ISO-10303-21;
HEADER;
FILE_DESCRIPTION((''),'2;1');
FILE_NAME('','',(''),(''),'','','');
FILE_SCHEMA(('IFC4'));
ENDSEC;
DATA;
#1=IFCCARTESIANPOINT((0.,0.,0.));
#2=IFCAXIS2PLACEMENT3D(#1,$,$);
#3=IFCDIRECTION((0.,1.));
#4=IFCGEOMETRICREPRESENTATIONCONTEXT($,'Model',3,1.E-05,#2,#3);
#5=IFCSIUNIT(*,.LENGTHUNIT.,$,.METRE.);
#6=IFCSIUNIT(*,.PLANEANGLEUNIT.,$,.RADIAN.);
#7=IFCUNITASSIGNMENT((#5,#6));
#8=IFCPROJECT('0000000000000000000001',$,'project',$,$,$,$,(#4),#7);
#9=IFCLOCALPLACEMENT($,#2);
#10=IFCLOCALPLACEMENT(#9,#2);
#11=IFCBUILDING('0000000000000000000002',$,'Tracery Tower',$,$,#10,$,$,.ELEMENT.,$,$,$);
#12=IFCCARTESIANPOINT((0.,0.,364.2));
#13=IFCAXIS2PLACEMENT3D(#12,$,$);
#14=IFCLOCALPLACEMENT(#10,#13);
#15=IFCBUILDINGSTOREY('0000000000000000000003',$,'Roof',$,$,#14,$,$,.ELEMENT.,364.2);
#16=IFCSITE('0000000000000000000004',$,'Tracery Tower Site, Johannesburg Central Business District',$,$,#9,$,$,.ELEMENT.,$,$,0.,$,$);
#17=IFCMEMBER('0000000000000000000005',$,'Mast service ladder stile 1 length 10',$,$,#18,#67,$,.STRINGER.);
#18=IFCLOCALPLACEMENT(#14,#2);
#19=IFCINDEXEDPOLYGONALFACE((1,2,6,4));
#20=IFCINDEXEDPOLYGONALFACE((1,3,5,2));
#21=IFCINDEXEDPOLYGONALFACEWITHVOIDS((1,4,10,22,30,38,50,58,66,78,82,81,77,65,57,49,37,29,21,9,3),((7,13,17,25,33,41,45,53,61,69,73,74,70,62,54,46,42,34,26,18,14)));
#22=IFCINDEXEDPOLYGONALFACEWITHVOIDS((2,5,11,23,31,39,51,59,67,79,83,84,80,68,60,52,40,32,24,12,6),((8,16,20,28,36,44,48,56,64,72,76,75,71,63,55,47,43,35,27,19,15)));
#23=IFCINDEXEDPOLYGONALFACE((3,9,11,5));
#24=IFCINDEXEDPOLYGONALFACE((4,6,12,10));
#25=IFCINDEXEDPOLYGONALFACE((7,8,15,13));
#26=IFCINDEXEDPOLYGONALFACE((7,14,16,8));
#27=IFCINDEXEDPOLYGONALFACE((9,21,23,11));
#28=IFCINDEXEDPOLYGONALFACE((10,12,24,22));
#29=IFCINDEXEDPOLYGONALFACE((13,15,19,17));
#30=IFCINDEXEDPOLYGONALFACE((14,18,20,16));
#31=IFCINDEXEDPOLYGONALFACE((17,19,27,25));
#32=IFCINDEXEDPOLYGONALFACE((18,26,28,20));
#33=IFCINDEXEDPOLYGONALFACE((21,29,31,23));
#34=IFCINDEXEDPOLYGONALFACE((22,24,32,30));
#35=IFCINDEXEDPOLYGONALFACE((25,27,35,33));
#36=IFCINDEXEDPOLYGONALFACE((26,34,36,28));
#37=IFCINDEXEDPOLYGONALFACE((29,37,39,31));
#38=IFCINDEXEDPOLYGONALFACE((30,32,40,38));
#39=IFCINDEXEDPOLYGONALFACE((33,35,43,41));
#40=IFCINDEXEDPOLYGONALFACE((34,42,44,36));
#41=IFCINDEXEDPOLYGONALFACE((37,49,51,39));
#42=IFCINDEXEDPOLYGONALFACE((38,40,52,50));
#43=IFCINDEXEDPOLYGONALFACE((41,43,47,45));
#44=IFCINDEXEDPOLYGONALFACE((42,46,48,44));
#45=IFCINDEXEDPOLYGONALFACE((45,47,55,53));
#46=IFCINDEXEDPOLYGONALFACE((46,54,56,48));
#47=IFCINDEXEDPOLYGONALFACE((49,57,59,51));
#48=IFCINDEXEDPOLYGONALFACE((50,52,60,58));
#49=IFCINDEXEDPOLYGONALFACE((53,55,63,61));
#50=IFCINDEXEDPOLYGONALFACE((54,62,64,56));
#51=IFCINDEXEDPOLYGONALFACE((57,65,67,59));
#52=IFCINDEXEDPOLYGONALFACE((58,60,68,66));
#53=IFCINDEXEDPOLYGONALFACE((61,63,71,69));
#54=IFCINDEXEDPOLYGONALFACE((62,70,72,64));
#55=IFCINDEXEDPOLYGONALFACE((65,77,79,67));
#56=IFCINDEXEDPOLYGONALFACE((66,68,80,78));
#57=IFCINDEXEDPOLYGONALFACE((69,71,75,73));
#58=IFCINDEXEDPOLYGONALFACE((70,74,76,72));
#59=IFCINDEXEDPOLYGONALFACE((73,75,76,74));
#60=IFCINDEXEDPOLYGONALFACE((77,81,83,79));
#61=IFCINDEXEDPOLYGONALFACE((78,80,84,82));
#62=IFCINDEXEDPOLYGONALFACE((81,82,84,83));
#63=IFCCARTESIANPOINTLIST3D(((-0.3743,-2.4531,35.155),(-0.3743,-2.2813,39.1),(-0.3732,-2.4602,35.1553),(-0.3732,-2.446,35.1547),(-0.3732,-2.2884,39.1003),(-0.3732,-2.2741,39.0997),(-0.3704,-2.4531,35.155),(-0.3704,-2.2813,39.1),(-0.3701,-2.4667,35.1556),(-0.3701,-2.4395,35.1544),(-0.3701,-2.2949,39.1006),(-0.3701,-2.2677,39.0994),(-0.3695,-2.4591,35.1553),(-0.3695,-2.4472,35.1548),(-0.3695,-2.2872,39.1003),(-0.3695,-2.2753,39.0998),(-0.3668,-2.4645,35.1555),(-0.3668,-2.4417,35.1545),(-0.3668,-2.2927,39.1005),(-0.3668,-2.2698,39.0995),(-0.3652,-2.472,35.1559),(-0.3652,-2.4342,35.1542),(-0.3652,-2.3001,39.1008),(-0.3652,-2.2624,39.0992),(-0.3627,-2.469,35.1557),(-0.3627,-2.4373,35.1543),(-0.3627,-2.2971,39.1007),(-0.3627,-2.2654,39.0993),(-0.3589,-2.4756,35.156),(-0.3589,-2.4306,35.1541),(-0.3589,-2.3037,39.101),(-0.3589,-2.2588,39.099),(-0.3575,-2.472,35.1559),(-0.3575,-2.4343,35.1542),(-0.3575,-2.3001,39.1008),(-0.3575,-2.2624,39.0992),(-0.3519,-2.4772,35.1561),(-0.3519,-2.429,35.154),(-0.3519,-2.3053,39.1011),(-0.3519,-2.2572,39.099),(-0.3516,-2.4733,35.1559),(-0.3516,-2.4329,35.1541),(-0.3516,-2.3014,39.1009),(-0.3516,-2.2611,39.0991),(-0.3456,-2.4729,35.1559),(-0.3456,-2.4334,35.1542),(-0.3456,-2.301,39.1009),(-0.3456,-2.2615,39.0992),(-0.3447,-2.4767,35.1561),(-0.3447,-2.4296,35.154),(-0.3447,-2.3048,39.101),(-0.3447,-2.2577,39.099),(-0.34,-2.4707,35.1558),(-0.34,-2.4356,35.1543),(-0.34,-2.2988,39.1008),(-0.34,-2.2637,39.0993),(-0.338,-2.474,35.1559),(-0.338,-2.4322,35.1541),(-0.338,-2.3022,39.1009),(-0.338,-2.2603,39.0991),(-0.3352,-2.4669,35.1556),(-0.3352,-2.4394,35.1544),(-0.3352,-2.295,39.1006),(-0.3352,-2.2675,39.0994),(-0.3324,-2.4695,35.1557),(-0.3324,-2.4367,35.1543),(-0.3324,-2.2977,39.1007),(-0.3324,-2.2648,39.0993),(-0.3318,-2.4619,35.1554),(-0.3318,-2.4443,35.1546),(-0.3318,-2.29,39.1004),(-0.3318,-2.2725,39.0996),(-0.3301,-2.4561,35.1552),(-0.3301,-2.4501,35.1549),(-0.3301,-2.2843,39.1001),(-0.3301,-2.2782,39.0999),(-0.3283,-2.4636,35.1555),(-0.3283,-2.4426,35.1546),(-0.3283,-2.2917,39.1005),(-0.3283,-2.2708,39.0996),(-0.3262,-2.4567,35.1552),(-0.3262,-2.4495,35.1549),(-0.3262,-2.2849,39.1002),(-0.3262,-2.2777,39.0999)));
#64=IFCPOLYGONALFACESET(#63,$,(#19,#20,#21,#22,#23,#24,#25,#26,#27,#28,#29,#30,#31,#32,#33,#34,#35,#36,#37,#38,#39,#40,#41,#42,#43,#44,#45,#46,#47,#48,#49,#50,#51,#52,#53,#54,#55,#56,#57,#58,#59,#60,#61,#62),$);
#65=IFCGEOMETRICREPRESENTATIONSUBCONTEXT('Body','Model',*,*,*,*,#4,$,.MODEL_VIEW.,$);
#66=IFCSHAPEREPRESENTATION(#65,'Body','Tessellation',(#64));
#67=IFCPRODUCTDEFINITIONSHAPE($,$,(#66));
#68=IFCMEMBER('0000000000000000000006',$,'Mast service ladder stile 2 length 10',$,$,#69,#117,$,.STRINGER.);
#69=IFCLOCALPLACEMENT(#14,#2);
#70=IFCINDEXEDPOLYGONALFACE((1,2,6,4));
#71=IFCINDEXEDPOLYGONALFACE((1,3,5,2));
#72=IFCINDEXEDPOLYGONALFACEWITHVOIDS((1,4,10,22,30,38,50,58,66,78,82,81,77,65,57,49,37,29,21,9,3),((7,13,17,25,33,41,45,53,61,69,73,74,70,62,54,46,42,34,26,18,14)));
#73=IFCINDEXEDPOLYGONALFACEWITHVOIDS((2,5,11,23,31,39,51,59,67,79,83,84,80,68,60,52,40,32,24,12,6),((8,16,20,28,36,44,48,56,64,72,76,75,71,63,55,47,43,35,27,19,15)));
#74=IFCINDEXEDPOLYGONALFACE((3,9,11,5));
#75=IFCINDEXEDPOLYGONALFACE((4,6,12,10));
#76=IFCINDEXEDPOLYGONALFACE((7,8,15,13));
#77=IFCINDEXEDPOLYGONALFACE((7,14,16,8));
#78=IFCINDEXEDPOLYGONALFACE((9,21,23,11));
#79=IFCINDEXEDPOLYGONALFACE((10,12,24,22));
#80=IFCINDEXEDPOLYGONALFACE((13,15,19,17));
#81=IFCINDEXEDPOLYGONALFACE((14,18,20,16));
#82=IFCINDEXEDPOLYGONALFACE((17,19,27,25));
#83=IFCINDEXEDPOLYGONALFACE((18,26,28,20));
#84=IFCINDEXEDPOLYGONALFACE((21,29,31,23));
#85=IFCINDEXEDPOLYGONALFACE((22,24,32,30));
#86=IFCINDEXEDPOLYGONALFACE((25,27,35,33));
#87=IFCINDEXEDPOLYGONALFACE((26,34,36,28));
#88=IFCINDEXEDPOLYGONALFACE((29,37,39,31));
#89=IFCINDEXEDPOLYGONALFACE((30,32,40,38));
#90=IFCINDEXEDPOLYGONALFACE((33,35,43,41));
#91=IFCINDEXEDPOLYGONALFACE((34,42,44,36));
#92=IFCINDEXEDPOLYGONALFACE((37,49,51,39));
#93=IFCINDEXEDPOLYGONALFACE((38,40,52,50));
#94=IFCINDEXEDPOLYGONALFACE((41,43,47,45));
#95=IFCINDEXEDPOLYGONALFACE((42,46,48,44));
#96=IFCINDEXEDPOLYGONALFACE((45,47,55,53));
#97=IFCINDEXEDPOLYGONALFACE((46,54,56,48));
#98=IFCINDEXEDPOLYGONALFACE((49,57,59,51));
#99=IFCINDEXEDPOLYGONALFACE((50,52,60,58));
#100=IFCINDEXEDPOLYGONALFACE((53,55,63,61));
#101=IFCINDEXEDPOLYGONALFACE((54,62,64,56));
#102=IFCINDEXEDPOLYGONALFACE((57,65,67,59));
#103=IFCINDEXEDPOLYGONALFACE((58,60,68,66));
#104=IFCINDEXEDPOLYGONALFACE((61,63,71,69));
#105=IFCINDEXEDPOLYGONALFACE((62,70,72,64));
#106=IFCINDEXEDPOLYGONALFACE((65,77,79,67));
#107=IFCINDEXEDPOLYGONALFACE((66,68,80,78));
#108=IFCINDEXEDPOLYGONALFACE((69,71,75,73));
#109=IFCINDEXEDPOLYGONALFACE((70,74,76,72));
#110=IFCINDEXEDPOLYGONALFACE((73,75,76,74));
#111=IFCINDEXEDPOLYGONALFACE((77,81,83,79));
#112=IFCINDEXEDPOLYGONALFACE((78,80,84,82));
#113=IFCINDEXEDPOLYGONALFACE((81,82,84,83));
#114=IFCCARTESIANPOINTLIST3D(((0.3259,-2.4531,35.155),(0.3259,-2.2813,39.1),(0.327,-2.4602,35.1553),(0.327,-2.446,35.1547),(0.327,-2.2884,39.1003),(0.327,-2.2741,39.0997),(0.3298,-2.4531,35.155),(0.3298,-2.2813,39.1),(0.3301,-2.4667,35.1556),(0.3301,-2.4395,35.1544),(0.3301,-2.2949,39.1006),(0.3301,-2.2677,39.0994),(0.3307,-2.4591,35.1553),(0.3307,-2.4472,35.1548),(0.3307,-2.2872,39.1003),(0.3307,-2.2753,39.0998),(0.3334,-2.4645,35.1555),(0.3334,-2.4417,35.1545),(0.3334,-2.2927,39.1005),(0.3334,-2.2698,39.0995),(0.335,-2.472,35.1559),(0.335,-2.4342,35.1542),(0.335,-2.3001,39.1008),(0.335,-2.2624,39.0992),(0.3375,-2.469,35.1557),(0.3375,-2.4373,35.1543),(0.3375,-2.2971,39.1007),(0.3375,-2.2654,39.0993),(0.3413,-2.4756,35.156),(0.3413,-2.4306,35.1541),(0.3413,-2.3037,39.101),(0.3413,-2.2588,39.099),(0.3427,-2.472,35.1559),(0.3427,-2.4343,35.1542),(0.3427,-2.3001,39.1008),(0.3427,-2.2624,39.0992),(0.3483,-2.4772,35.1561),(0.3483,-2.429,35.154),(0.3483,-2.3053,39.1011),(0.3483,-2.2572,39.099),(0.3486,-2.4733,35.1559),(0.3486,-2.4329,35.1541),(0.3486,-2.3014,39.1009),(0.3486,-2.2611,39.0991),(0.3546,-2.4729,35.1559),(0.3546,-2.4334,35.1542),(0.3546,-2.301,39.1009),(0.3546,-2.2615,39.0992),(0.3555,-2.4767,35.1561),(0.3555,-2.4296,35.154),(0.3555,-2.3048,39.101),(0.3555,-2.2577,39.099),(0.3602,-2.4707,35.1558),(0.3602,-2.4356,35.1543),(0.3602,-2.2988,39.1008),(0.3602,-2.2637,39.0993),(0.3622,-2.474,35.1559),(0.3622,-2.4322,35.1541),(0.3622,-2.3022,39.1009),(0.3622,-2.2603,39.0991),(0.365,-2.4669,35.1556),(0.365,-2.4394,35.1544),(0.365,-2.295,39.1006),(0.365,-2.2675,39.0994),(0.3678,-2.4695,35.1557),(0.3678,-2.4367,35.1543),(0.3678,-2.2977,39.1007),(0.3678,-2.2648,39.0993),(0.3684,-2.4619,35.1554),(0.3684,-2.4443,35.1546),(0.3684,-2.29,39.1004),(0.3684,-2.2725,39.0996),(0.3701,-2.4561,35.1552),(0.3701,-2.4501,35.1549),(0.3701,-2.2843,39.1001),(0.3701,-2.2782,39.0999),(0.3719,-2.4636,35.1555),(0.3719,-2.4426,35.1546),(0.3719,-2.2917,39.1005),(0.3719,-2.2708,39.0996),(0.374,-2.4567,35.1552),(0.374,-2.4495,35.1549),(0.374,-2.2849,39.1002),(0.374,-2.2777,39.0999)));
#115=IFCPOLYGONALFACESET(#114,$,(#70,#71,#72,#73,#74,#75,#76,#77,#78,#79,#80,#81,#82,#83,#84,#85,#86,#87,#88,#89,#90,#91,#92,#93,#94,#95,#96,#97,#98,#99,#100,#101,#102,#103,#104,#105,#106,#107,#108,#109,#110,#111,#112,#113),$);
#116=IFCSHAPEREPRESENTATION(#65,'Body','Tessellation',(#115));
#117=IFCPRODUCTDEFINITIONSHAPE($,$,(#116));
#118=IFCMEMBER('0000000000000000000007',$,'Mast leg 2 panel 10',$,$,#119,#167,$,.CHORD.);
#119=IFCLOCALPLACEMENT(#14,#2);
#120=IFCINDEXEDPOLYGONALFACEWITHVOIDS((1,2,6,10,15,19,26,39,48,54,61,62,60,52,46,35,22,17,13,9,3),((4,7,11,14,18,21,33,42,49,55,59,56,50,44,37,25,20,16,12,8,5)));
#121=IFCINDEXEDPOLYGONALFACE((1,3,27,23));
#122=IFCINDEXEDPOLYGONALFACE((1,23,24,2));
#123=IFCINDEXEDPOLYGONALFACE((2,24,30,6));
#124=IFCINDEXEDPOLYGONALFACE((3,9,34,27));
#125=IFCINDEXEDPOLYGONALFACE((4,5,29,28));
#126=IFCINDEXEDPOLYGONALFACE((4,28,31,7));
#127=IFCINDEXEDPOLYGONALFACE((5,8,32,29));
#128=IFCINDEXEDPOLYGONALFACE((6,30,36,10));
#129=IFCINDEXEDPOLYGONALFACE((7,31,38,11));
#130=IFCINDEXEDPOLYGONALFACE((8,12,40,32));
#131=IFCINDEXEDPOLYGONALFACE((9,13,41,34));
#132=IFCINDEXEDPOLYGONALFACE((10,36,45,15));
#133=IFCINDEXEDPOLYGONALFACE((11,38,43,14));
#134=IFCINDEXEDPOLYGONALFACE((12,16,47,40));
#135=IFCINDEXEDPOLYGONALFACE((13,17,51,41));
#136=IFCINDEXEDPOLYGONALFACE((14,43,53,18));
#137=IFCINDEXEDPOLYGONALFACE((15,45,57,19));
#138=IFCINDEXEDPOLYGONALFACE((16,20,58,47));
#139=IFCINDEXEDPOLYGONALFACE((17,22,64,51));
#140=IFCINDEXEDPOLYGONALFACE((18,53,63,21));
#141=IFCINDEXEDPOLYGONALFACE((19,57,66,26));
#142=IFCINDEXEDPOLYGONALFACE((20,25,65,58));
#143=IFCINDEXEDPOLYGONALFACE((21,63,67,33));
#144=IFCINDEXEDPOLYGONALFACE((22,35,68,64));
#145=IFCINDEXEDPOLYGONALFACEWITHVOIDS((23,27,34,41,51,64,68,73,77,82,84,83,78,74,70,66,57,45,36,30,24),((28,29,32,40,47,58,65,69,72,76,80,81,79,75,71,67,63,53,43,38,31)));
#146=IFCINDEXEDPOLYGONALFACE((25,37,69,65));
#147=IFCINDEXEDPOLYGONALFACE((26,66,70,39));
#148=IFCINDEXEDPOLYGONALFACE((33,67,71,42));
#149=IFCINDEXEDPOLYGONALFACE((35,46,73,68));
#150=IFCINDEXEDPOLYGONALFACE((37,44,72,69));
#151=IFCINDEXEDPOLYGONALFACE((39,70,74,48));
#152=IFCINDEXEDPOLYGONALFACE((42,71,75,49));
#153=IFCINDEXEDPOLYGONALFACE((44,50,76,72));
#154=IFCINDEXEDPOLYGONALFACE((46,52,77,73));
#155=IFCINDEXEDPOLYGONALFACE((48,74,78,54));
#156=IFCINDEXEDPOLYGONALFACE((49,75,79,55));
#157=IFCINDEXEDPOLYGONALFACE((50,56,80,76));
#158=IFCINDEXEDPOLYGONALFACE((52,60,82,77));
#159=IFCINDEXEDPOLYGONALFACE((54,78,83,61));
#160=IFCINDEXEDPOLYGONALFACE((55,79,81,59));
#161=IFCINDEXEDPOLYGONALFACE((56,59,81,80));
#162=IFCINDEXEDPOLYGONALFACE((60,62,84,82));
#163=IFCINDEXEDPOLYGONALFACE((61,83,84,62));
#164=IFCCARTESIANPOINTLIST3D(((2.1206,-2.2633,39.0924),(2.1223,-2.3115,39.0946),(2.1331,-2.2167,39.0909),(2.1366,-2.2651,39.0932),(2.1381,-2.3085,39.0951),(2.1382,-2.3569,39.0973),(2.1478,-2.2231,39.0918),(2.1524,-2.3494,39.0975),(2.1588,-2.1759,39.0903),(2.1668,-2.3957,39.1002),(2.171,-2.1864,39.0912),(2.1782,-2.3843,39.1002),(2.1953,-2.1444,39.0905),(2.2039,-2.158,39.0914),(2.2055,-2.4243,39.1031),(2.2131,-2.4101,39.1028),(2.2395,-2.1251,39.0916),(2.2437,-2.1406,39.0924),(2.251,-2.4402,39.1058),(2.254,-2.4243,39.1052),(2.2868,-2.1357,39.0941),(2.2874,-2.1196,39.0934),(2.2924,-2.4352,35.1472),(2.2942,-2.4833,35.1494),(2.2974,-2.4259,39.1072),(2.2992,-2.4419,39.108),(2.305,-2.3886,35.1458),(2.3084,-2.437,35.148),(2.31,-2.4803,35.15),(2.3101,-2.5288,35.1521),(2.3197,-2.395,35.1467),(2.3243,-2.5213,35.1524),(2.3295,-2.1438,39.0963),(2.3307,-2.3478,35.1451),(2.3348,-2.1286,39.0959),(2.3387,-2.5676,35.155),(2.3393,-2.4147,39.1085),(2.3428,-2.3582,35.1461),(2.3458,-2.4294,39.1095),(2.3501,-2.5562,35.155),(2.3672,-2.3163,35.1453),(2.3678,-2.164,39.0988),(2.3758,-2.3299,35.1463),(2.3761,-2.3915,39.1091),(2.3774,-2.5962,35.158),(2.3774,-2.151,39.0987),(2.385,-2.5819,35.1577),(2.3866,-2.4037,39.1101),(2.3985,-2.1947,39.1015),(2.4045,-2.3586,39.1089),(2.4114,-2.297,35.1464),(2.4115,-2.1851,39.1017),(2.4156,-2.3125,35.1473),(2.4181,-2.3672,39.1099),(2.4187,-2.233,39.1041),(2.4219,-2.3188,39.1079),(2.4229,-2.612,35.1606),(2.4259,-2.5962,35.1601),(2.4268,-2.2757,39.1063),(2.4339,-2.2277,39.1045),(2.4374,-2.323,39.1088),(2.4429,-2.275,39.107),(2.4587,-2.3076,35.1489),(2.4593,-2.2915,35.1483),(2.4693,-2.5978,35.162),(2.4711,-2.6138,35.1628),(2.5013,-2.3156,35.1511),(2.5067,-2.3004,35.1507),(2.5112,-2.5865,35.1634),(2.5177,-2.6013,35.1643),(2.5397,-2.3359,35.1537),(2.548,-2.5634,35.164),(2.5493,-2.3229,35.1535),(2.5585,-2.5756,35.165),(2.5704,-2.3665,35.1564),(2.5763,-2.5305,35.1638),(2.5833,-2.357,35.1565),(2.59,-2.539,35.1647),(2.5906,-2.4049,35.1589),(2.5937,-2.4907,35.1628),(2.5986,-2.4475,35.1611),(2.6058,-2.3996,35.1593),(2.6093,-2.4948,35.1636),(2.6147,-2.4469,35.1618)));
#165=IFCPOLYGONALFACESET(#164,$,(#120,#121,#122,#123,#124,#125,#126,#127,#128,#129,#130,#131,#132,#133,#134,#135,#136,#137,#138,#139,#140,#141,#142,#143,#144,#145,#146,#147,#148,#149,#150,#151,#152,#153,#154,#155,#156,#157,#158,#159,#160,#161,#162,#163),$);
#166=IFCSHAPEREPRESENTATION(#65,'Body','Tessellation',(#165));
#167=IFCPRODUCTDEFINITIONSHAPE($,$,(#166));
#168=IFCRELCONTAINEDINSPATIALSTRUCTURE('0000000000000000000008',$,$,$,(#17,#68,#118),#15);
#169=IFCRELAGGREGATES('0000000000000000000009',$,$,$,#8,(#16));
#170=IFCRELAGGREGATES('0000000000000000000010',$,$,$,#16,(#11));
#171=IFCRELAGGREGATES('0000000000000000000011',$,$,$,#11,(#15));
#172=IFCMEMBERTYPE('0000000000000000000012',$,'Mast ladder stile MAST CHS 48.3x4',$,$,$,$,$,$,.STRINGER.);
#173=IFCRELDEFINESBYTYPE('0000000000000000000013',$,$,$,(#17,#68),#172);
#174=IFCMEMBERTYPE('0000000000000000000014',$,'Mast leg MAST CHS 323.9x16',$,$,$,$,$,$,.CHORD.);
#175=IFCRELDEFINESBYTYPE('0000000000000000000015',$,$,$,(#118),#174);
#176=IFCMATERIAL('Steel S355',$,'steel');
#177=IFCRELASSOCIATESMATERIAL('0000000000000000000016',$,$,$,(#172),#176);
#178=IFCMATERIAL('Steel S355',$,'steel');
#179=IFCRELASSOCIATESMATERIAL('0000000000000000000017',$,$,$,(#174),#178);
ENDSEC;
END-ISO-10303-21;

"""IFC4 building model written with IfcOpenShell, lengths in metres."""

from ifc_helpers import new_model, si_unit, direction, frame, origin, origin_2d, place, context, subcontext, project, spatial, hollow_circle, extrude, material, material_profile, profile_set, type_object, element, save


model = new_model("IFC4")

# Units and contexts
model_context = context("Model", 3, precision=1e-05, world=origin(), true_north=direction((0.0, 1.0)))
body_context = subcontext(model_context, "Body", "Model", "MODEL_VIEW")
ifc_project = project(units=[si_unit("LENGTHUNIT", "METRE"), si_unit("PLANEANGLEUNIT", "RADIAN")], contexts=[model_context])

# Site, building, storey
site_placement = place(None, origin())
site = spatial("IfcSite", under=ifc_project, at=site_placement, Name="Tracery Tower Site, Johannesburg Central Business District", CompositionType="ELEMENT", RefElevation=0.0)
building_placement = place(site_placement, origin())
building = spatial("IfcBuilding", under=site, at=building_placement, Name="Tracery Tower", CompositionType="ELEMENT")
storey_placement = place(building_placement, frame((0.0, 0.0, 364.2)))
storey = spatial("IfcBuildingStorey", under=building, at=storey_placement, Name="Roof", CompositionType="ELEMENT", Elevation=364.2)

# Members
ifc_material_1 = material(Name="Steel S355", Category="steel")
ifc_material_profile_1 = material_profile(ifc_material_1, hollow_circle(Radius=0.0242, WallThickness=0.0039, at=origin_2d()), Name="CHS 48.3x4")
ifc_profile_set_1 = profile_set([ifc_material_profile_1], Name="Steel S355")
member_type_1 = type_object("IfcMemberType", Name="Mast ladder stile MAST CHS 48.3x4", PredefinedType="STRINGER", material=ifc_profile_set_1)
for number, where, z_axis, x_axis, name in (
    (1, (-0.3501, -2.4531, 35.155), (0.0, 0.043526, 0.999052), (-1.0, 0.0, 0.0), "Mast service ladder stile 1 length 10"),
    (2, (0.3501, -2.4531, 35.155), (0.0, 0.043526, 0.999052), (-1.0, 0.0, 0.0), "Mast service ladder stile 2 length 10"),
):
    element("IfcMember", number, at=place(storey_placement, frame(where, z_axis=z_axis, x_axis=x_axis)), inside=storey, type_object=member_type_1, Name=name, PredefinedType="STRINGER", context=body_context, shape_type="SweptSolid", body=[
        extrude(hollow_circle(Radius=0.0242, WallThickness=0.0039, at=origin_2d()), origin(), (0.0, 0.0, 1.0), 3.9487),
    ])
ifc_material_2 = material(Name="Steel S355", Category="steel")
ifc_material_profile_2 = material_profile(ifc_material_2, hollow_circle(Radius=0.1619, WallThickness=0.0161, at=origin_2d()), Name="CHS 323.9x16")
ifc_profile_set_2 = profile_set([ifc_material_profile_2], Name="Steel S355")
member_type_2 = type_object("IfcMemberType", Name="Mast leg MAST CHS 323.9x16", PredefinedType="CHORD", material=ifc_profile_set_2)
for number, where, z_axis, x_axis, name in (
    (3, (2.4531, -2.4531, 35.155), (-0.043485, 0.043485, 0.998107), (-0.707107, -0.707107, 0.0), "Mast leg 2 panel 10"),
):
    element("IfcMember", number, at=place(storey_placement, frame(where, z_axis=z_axis, x_axis=x_axis)), inside=storey, type_object=member_type_2, Name=name, PredefinedType="CHORD", context=body_context, shape_type="SweptSolid", body=[
        extrude(hollow_circle(Radius=0.1619, WallThickness=0.0161, at=origin_2d()), origin(), (0.0, 0.0, 1.0), 3.9526),
    ])

save(model, "model.ifc")
